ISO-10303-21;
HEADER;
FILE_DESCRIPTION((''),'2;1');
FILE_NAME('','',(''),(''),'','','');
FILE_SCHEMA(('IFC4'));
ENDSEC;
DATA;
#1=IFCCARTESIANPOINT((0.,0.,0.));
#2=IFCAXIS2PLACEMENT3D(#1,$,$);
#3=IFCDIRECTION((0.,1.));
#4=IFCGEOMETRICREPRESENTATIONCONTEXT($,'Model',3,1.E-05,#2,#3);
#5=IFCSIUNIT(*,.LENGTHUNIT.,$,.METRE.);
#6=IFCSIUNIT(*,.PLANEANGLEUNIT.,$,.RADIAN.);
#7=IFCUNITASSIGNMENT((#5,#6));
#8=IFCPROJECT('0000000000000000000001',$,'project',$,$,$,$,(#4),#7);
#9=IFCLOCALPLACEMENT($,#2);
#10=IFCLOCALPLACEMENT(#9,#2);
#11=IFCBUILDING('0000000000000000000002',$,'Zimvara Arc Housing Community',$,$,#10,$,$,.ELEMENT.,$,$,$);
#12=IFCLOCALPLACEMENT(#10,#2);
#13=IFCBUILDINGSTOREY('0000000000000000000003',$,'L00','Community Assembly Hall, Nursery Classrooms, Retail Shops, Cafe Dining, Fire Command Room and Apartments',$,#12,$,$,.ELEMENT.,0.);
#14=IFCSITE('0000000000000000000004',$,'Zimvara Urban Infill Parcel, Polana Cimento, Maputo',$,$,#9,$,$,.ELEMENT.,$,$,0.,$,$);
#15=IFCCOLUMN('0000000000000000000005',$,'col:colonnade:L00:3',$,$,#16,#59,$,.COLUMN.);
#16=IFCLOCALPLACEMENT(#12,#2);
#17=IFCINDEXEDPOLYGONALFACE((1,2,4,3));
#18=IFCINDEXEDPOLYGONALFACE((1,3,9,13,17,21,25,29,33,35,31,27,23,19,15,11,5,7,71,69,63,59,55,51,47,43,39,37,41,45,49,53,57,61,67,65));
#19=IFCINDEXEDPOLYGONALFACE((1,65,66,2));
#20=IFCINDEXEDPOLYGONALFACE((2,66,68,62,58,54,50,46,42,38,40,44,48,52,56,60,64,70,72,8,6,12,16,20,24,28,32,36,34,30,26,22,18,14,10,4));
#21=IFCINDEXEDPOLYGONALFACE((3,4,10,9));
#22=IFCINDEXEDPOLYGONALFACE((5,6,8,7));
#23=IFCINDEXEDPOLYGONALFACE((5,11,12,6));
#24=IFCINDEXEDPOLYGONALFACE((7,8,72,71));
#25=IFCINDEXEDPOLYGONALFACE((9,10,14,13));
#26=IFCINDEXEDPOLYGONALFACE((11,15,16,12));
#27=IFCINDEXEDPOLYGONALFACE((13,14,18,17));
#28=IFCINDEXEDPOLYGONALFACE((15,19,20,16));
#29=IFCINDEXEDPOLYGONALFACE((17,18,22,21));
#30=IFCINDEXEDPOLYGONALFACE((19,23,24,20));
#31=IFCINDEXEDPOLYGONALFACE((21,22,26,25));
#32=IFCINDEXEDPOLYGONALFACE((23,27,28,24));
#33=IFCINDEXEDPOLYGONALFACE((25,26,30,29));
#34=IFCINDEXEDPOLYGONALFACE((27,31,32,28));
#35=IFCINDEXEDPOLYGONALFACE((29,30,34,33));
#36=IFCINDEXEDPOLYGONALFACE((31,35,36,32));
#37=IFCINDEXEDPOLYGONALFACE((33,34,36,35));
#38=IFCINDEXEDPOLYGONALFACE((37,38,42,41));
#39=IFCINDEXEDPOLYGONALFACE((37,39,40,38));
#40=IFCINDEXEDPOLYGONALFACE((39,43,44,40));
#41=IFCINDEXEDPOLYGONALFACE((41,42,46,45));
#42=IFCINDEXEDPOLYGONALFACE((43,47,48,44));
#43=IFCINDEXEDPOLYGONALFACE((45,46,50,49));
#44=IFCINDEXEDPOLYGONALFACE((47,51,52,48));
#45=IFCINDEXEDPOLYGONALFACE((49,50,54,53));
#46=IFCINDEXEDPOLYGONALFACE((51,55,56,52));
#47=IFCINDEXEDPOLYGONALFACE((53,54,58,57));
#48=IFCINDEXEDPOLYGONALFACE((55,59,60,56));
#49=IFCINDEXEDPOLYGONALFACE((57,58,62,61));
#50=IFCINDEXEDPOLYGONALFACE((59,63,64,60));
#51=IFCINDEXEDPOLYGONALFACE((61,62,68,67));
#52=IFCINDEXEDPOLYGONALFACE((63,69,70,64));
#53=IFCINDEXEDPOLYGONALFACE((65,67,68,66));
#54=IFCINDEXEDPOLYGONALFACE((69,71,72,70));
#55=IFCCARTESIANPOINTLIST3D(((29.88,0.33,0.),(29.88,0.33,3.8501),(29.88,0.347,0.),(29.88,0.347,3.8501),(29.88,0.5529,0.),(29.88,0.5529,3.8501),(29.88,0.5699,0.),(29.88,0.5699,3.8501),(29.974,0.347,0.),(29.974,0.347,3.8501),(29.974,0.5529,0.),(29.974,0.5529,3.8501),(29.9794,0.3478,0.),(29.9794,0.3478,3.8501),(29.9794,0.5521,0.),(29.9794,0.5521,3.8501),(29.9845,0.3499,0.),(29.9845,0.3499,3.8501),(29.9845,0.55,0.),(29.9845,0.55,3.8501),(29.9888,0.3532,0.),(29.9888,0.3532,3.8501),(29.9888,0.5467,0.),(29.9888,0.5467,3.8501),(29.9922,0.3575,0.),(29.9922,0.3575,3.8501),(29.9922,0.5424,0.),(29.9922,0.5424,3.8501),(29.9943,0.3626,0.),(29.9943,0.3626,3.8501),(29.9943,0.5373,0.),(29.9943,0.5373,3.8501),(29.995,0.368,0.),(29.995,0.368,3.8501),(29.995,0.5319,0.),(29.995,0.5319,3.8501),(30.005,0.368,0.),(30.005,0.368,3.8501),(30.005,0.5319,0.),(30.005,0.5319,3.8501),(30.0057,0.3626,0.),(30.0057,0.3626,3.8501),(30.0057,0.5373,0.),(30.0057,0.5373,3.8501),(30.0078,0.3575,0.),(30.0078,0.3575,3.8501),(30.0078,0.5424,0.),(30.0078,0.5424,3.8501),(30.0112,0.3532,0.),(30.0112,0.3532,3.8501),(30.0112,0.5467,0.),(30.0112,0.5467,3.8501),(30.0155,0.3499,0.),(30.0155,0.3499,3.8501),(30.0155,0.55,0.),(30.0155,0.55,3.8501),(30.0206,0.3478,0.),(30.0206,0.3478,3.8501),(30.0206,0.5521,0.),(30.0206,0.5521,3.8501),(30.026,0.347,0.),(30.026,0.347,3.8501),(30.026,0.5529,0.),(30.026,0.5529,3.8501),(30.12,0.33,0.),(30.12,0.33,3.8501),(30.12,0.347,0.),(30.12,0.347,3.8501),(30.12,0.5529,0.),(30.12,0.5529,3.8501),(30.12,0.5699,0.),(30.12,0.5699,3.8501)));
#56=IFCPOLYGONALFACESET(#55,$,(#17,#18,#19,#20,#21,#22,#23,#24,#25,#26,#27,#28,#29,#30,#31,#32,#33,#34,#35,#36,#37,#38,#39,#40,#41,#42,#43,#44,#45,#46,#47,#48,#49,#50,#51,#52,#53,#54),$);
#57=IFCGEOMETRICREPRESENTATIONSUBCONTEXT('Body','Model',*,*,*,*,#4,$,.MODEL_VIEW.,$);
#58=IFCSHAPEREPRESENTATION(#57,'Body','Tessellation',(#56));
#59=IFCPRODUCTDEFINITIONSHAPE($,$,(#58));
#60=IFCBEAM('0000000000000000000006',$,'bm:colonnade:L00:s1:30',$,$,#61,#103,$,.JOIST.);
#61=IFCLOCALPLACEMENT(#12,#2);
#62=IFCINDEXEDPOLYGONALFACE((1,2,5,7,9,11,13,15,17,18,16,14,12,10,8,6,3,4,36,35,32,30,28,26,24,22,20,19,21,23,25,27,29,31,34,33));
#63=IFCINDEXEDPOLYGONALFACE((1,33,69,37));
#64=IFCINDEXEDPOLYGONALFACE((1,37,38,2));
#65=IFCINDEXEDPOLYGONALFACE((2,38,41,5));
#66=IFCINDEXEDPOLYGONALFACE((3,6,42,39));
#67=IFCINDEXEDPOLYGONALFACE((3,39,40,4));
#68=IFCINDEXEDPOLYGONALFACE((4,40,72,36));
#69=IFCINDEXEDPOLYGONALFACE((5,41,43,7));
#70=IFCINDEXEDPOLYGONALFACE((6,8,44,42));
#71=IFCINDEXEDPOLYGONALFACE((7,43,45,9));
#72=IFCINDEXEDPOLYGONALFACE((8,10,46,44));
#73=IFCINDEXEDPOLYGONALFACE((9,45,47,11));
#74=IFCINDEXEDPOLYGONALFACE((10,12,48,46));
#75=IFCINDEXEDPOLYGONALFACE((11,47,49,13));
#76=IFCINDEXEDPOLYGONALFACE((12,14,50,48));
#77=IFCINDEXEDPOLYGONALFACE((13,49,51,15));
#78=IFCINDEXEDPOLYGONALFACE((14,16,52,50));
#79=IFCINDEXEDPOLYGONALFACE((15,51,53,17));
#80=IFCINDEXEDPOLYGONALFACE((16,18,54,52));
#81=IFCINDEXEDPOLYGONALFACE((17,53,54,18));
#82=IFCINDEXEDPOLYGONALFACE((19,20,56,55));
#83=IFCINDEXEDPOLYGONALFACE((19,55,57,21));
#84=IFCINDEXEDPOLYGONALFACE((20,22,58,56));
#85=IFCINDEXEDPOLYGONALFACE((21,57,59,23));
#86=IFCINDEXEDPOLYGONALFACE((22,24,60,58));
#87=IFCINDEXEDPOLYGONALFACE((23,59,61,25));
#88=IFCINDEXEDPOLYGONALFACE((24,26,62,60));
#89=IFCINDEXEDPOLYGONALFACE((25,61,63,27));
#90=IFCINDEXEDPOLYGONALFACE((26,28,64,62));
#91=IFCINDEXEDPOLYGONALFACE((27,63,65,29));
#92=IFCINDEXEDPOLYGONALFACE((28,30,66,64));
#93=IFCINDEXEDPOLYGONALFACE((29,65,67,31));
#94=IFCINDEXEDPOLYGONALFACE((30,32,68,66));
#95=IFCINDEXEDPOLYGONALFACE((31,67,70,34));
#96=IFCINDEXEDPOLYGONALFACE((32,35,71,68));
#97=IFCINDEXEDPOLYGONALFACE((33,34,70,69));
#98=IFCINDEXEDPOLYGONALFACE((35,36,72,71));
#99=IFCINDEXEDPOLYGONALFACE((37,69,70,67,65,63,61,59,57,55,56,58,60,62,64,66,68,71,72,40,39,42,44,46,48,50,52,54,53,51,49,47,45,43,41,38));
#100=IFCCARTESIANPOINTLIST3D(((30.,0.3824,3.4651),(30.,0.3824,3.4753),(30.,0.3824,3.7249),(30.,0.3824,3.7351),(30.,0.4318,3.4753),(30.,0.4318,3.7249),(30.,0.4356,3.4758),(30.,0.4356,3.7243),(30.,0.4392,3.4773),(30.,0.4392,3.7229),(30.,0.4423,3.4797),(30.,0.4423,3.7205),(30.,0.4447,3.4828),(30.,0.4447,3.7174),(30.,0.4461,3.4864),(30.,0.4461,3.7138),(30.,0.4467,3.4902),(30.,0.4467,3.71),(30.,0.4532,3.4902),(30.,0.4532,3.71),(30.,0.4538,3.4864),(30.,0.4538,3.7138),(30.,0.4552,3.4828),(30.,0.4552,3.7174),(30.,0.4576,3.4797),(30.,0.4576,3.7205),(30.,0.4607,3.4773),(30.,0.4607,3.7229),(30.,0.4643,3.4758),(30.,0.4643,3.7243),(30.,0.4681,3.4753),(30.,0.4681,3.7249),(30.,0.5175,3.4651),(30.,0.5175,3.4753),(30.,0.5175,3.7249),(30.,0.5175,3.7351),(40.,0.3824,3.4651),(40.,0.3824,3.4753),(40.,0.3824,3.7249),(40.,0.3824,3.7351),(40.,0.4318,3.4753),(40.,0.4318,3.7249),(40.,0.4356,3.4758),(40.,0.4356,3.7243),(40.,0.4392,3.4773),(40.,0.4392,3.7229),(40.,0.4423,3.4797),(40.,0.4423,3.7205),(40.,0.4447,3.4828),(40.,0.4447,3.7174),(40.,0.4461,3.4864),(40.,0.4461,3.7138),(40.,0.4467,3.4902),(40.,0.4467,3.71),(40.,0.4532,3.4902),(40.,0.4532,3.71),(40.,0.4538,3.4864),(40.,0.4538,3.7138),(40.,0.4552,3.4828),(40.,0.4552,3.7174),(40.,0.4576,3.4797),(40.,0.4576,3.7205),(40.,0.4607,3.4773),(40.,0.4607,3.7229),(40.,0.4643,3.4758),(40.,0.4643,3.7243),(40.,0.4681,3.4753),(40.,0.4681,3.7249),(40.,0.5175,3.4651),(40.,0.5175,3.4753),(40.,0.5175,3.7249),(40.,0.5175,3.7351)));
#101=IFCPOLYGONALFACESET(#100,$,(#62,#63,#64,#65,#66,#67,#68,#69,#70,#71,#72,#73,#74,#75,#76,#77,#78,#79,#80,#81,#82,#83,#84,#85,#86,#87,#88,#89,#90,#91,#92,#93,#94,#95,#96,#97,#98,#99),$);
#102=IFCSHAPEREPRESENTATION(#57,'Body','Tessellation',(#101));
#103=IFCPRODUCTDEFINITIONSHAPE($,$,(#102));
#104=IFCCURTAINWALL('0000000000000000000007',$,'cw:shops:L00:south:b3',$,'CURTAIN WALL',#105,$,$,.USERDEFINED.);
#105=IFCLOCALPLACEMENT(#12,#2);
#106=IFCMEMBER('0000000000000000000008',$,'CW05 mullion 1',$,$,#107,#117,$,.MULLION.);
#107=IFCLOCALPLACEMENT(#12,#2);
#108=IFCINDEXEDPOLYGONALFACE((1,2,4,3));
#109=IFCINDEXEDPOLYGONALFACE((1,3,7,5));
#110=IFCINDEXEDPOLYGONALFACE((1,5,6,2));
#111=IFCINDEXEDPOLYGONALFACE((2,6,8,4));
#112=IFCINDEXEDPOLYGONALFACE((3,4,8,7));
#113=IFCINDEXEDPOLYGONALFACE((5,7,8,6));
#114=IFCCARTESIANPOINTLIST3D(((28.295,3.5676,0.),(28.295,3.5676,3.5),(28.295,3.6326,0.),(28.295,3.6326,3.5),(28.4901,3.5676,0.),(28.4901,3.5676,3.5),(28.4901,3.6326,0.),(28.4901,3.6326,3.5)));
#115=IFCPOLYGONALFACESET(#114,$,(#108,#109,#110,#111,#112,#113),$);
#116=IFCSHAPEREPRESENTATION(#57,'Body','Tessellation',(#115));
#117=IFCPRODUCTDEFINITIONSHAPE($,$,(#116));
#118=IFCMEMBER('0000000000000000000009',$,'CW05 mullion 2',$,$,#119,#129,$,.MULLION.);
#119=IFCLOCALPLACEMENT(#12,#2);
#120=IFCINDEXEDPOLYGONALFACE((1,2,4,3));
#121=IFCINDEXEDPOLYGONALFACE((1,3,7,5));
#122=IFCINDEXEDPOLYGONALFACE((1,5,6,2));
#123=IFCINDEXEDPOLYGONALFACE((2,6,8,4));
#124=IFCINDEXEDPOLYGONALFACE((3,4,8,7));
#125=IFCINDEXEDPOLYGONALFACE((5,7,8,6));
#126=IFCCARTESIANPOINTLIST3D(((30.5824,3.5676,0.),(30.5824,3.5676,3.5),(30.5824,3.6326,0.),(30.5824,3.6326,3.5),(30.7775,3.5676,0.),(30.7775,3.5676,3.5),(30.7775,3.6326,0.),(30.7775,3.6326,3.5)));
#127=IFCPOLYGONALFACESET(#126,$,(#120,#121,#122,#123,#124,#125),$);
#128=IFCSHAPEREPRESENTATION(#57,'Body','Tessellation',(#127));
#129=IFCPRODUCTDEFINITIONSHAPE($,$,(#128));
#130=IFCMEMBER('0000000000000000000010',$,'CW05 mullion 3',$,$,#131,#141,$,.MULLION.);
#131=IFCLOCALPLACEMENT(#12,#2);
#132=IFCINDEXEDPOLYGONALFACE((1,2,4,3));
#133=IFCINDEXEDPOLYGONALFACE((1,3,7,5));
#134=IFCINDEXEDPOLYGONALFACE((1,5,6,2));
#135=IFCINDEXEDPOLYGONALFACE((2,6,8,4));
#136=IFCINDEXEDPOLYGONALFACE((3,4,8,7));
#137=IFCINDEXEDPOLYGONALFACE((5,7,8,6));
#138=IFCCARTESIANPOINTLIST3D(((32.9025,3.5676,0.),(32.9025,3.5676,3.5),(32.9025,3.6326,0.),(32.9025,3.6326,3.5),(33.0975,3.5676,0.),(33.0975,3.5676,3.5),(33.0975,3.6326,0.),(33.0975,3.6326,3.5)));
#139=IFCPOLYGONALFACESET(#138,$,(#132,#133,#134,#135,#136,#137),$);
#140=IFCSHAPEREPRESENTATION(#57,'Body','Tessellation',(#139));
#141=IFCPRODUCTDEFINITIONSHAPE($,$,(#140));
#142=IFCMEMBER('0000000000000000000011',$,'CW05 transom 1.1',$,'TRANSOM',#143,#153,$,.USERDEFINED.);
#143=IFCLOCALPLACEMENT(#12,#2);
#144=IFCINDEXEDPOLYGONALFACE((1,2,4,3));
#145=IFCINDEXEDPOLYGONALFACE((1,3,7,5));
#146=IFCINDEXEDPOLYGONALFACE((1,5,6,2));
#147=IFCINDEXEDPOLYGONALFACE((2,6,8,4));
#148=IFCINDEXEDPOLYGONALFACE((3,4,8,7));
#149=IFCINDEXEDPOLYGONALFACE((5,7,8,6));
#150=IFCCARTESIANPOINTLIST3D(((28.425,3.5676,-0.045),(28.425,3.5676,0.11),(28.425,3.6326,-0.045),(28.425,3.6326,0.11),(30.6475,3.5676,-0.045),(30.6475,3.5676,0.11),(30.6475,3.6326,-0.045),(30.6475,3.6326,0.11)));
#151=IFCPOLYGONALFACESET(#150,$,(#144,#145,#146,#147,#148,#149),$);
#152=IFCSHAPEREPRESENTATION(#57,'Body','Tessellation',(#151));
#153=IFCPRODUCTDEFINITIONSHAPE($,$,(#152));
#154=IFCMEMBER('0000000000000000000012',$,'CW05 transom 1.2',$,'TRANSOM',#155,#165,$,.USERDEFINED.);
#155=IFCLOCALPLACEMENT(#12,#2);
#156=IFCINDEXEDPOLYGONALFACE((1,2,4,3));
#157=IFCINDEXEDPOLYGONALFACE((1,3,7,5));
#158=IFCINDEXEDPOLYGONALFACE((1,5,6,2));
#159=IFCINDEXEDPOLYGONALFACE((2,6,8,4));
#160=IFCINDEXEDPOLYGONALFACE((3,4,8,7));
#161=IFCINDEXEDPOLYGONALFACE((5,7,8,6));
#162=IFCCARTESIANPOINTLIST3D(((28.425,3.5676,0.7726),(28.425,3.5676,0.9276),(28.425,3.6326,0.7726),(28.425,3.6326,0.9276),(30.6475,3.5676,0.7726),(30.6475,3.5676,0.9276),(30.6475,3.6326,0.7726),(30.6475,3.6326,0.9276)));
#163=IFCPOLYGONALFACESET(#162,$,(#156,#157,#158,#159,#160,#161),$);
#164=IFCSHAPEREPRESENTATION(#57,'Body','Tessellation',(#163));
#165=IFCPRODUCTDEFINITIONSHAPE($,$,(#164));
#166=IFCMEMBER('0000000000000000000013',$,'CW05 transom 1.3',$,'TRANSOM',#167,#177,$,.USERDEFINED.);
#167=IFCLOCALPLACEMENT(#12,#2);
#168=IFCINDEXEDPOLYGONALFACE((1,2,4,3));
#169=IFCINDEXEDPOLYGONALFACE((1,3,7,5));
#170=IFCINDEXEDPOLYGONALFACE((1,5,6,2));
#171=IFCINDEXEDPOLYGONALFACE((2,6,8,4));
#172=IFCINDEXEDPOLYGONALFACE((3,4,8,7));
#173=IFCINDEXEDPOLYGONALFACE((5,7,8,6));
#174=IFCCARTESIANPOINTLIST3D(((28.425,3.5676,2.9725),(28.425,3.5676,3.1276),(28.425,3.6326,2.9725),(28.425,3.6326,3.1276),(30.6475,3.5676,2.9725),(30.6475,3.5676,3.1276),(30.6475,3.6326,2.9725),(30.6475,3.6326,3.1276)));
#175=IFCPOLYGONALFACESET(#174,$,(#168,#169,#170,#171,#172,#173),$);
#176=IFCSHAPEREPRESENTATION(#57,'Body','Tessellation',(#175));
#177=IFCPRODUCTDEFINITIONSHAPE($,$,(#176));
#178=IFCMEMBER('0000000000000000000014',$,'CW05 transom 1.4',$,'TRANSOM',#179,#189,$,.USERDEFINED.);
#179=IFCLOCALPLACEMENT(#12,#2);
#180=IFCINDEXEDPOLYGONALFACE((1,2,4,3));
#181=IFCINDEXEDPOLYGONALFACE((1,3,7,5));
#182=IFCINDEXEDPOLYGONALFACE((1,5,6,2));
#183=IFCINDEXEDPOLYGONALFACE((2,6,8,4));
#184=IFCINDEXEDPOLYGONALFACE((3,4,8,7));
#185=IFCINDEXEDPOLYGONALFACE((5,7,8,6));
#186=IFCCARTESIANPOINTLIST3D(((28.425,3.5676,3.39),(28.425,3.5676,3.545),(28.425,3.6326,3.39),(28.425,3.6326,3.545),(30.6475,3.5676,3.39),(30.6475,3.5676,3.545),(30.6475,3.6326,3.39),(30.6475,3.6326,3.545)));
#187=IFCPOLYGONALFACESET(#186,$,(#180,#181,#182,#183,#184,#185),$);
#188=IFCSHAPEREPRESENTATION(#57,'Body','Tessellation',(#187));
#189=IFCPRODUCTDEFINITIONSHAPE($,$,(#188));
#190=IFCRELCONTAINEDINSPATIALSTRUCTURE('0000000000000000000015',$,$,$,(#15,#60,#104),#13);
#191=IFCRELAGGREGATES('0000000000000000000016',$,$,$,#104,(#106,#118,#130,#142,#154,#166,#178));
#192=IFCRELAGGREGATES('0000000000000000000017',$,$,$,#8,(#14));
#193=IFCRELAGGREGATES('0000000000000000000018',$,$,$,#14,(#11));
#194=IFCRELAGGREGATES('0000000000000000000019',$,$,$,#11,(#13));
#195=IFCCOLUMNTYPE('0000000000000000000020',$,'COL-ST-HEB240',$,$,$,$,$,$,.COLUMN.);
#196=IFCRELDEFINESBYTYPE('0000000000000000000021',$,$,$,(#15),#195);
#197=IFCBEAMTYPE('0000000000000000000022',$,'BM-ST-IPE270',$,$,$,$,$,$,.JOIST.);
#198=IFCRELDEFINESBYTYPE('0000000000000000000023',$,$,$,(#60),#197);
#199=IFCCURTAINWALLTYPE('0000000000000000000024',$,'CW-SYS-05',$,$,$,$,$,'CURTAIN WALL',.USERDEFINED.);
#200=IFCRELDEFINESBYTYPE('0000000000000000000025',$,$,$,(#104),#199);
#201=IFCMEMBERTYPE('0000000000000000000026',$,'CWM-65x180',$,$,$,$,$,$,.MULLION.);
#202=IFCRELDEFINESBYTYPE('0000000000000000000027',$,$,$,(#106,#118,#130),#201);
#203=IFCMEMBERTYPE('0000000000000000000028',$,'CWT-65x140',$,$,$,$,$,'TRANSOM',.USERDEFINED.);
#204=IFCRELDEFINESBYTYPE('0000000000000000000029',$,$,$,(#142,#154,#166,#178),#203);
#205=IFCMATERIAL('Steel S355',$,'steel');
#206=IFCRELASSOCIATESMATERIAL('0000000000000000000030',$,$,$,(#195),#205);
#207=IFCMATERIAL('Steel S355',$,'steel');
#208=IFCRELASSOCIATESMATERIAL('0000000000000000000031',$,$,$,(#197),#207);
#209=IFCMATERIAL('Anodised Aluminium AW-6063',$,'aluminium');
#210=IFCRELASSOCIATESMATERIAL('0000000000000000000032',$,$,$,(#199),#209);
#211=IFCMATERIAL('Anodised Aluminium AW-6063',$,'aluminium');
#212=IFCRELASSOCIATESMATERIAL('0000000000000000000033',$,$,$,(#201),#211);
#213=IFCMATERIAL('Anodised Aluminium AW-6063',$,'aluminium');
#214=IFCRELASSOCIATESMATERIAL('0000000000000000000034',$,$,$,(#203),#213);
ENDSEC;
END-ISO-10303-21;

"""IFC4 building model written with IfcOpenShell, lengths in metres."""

from ifc_helpers import new_model, si_unit, direction, frame, origin, origin_2d, place, context, subcontext, project, spatial, rectangle, i_section, extrude, material, material_profile, profile_set, type_object, element, aggregate, save


model = new_model("IFC4")

# Units and contexts
model_context = context("Model", 3, precision=1e-05, world=origin(), true_north=direction((0.0, 1.0)))
body_context = subcontext(model_context, "Body", "Model", "MODEL_VIEW")
ifc_project = project(units=[si_unit("LENGTHUNIT", "METRE"), si_unit("PLANEANGLEUNIT", "RADIAN")], contexts=[model_context])

# Site, building, storey
site_placement = place(None, origin())
site = spatial("IfcSite", under=ifc_project, at=site_placement, Name="Zimvara Urban Infill Parcel, Polana Cimento, Maputo", CompositionType="ELEMENT", RefElevation=0.0)
building_placement = place(site_placement, origin())
building = spatial("IfcBuilding", under=site, at=building_placement, Name="Zimvara Arc Housing Community", CompositionType="ELEMENT")
storey_placement = place(building_placement, origin())
storey = spatial("IfcBuildingStorey", under=building, at=storey_placement, Name="L00", Description="Community Assembly Hall, Nursery Classrooms, Retail Shops, Cafe Dining, Fire Command Room and Apartments", CompositionType="ELEMENT", Elevation=0.0)

# Column
ifc_material_1 = material(Name="Steel S355", Category="steel")
ifc_material_profile_1 = material_profile(ifc_material_1, i_section(OverallWidth=0.24, OverallDepth=0.24, WebThickness=0.01, FlangeThickness=0.0171, FilletRadius=0.021, at=origin_2d()), Name="HEB 240")
ifc_profile_set_1 = profile_set([ifc_material_profile_1], Name="Steel S355")
column_type = type_object("IfcColumnType", Name="COL-ST-HEB240", PredefinedType="COLUMN", material=ifc_profile_set_1)
column_placement = place(storey_placement, frame((30.0, 0.45, 0.0), z_axis=(0.0, 0.0, 1.0), x_axis=(1.0, 0.0, 0.0)))
element("IfcColumn", 1, at=column_placement, inside=storey, type_object=column_type, Name="col:colonnade:L00:3", PredefinedType="COLUMN", context=body_context, shape_type="SweptSolid", body=[
    extrude(i_section(OverallWidth=0.24, OverallDepth=0.24, WebThickness=0.01, FlangeThickness=0.0171, FilletRadius=0.021, at=origin_2d()), origin(), (0.0, 0.0, 1.0), 3.8501),
])

# Beam
ifc_material_2 = material(Name="Steel S355", Category="steel")
ifc_material_profile_2 = material_profile(ifc_material_2, i_section(OverallWidth=0.135, OverallDepth=0.27, WebThickness=0.0066, FlangeThickness=0.0103, FilletRadius=0.0149, at=origin_2d()), Name="IPE 270")
ifc_profile_set_2 = profile_set([ifc_material_profile_2], Name="Steel S355")
beam_type = type_object("IfcBeamType", Name="BM-ST-IPE270", PredefinedType="JOIST", material=ifc_profile_set_2)
beam_placement = place(storey_placement, frame((30.0, 0.45, 3.6001), z_axis=(1.0, 0.0, 0.0), x_axis=(0.0, 1.0, 0.0)))
element("IfcBeam", 2, at=beam_placement, inside=storey, type_object=beam_type, Name="bm:colonnade:L00:s1:30", PredefinedType="JOIST", context=body_context, shape_type="SweptSolid", body=[
    extrude(i_section(OverallWidth=0.135, OverallDepth=0.27, WebThickness=0.0066, FlangeThickness=0.0103, FilletRadius=0.0149, at=origin_2d()), origin(), (0.0, 0.0, 1.0), 10.0),
])

# Curtain wall, members
ifc_material_3 = material(Name="Anodised Aluminium AW-6063", Category="aluminium")
curtain_wall_type = type_object("IfcCurtainWallType", Name="CW-SYS-05", ElementType="CURTAIN WALL", PredefinedType="USERDEFINED", material=ifc_material_3)
curtain_wall_placement = place(storey_placement, origin())
curtain_wall = element("IfcCurtainWall", 3, at=curtain_wall_placement, inside=storey, type_object=curtain_wall_type, Name="cw:shops:L00:south:b3", ObjectType="CURTAIN WALL", PredefinedType="USERDEFINED")
ifc_material_4 = material(Name="Anodised Aluminium AW-6063", Category="aluminium")
ifc_material_profile_3 = material_profile(ifc_material_4, rectangle(XDim=0.0649, YDim=0.1951, at=origin_2d()), Name="ALU 65x195")
ifc_profile_set_3 = profile_set([ifc_material_profile_3], Name="Anodised Aluminium AW-6063")
member_type_1 = type_object("IfcMemberType", Name="CWM-65x180", PredefinedType="MULLION", material=ifc_profile_set_3)
member_1_placement = place(storey_placement, frame((28.3926, 3.6001, 0.0), z_axis=(0.0, 0.0, 1.0), x_axis=(0.0, 1.0, 0.0)))
member_1 = element("IfcMember", 4, at=member_1_placement, type_object=member_type_1, Name="CW05 mullion 1", PredefinedType="MULLION", context=body_context, shape_type="SweptSolid", body=[
    extrude(rectangle(XDim=0.0649, YDim=0.1951, at=origin_2d()), origin(), (0.0, 0.0, 1.0), 3.5),
])
member_2_placement = place(storey_placement, frame((30.6799, 3.6001, 0.0), z_axis=(0.0, 0.0, 1.0), x_axis=(0.0, 1.0, 0.0)))
member_2 = element("IfcMember", 5, at=member_2_placement, type_object=member_type_1, Name="CW05 mullion 2", PredefinedType="MULLION", context=body_context, shape_type="SweptSolid", body=[
    extrude(rectangle(XDim=0.0649, YDim=0.1951, at=origin_2d()), origin(), (0.0, 0.0, 1.0), 3.5),
])
member_3_placement = place(storey_placement, frame((33.0, 3.6001, 0.0), z_axis=(0.0, 0.0, 1.0), x_axis=(0.0, 1.0, 0.0)))
member_3 = element("IfcMember", 6, at=member_3_placement, type_object=member_type_1, Name="CW05 mullion 3", PredefinedType="MULLION", context=body_context, shape_type="SweptSolid", body=[
    extrude(rectangle(XDim=0.0649, YDim=0.1951, at=origin_2d()), origin(), (0.0, 0.0, 1.0), 3.5),
])
ifc_material_5 = material(Name="Anodised Aluminium AW-6063", Category="aluminium")
ifc_material_profile_4 = material_profile(ifc_material_5, rectangle(XDim=0.0649, YDim=0.155, at=origin_2d()), Name="ALU 65x155")
ifc_profile_set_4 = profile_set([ifc_material_profile_4], Name="Anodised Aluminium AW-6063")
member_type_2 = type_object("IfcMemberType", Name="CWT-65x140", ElementType="TRANSOM", PredefinedType="USERDEFINED", material=ifc_profile_set_4)
member_4_placement = place(storey_placement, frame((28.425, 3.6001, 0.0325), z_axis=(1.0, 0.0, 0.0), x_axis=(0.0, 1.0, 0.0)))
member_4 = element("IfcMember", 7, at=member_4_placement, type_object=member_type_2, Name="CW05 transom 1.1", ObjectType="TRANSOM", PredefinedType="USERDEFINED", context=body_context, shape_type="SweptSolid", body=[
    extrude(rectangle(XDim=0.0649, YDim=0.155, at=origin_2d()), origin(), (0.0, 0.0, 1.0), 2.2224),
])
member_5_placement = place(storey_placement, frame((28.425, 3.6001, 0.8501), z_axis=(1.0, 0.0, 0.0), x_axis=(0.0, 1.0, 0.0)))
member_5 = element("IfcMember", 8, at=member_5_placement, type_object=member_type_2, Name="CW05 transom 1.2", ObjectType="TRANSOM", PredefinedType="USERDEFINED", context=body_context, shape_type="SweptSolid", body=[
    extrude(rectangle(XDim=0.0649, YDim=0.155, at=origin_2d()), origin(), (0.0, 0.0, 1.0), 2.2224),
])
member_6_placement = place(storey_placement, frame((28.425, 3.6001, 3.05), z_axis=(1.0, 0.0, 0.0), x_axis=(0.0, 1.0, 0.0)))
member_6 = element("IfcMember", 9, at=member_6_placement, type_object=member_type_2, Name="CW05 transom 1.3", ObjectType="TRANSOM", PredefinedType="USERDEFINED", context=body_context, shape_type="SweptSolid", body=[
    extrude(rectangle(XDim=0.0649, YDim=0.155, at=origin_2d()), origin(), (0.0, 0.0, 1.0), 2.2224),
])
member_7_placement = place(storey_placement, frame((28.425, 3.6001, 3.4675), z_axis=(1.0, 0.0, 0.0), x_axis=(0.0, 1.0, 0.0)))
member_7 = element("IfcMember", 10, at=member_7_placement, type_object=member_type_2, Name="CW05 transom 1.4", ObjectType="TRANSOM", PredefinedType="USERDEFINED", context=body_context, shape_type="SweptSolid", body=[
    extrude(rectangle(XDim=0.0649, YDim=0.155, at=origin_2d()), origin(), (0.0, 0.0, 1.0), 2.2224),
])

aggregate(curtain_wall, [member_1, member_2, member_3, member_4, member_5, member_6, member_7])

save(model, "model.ifc")
